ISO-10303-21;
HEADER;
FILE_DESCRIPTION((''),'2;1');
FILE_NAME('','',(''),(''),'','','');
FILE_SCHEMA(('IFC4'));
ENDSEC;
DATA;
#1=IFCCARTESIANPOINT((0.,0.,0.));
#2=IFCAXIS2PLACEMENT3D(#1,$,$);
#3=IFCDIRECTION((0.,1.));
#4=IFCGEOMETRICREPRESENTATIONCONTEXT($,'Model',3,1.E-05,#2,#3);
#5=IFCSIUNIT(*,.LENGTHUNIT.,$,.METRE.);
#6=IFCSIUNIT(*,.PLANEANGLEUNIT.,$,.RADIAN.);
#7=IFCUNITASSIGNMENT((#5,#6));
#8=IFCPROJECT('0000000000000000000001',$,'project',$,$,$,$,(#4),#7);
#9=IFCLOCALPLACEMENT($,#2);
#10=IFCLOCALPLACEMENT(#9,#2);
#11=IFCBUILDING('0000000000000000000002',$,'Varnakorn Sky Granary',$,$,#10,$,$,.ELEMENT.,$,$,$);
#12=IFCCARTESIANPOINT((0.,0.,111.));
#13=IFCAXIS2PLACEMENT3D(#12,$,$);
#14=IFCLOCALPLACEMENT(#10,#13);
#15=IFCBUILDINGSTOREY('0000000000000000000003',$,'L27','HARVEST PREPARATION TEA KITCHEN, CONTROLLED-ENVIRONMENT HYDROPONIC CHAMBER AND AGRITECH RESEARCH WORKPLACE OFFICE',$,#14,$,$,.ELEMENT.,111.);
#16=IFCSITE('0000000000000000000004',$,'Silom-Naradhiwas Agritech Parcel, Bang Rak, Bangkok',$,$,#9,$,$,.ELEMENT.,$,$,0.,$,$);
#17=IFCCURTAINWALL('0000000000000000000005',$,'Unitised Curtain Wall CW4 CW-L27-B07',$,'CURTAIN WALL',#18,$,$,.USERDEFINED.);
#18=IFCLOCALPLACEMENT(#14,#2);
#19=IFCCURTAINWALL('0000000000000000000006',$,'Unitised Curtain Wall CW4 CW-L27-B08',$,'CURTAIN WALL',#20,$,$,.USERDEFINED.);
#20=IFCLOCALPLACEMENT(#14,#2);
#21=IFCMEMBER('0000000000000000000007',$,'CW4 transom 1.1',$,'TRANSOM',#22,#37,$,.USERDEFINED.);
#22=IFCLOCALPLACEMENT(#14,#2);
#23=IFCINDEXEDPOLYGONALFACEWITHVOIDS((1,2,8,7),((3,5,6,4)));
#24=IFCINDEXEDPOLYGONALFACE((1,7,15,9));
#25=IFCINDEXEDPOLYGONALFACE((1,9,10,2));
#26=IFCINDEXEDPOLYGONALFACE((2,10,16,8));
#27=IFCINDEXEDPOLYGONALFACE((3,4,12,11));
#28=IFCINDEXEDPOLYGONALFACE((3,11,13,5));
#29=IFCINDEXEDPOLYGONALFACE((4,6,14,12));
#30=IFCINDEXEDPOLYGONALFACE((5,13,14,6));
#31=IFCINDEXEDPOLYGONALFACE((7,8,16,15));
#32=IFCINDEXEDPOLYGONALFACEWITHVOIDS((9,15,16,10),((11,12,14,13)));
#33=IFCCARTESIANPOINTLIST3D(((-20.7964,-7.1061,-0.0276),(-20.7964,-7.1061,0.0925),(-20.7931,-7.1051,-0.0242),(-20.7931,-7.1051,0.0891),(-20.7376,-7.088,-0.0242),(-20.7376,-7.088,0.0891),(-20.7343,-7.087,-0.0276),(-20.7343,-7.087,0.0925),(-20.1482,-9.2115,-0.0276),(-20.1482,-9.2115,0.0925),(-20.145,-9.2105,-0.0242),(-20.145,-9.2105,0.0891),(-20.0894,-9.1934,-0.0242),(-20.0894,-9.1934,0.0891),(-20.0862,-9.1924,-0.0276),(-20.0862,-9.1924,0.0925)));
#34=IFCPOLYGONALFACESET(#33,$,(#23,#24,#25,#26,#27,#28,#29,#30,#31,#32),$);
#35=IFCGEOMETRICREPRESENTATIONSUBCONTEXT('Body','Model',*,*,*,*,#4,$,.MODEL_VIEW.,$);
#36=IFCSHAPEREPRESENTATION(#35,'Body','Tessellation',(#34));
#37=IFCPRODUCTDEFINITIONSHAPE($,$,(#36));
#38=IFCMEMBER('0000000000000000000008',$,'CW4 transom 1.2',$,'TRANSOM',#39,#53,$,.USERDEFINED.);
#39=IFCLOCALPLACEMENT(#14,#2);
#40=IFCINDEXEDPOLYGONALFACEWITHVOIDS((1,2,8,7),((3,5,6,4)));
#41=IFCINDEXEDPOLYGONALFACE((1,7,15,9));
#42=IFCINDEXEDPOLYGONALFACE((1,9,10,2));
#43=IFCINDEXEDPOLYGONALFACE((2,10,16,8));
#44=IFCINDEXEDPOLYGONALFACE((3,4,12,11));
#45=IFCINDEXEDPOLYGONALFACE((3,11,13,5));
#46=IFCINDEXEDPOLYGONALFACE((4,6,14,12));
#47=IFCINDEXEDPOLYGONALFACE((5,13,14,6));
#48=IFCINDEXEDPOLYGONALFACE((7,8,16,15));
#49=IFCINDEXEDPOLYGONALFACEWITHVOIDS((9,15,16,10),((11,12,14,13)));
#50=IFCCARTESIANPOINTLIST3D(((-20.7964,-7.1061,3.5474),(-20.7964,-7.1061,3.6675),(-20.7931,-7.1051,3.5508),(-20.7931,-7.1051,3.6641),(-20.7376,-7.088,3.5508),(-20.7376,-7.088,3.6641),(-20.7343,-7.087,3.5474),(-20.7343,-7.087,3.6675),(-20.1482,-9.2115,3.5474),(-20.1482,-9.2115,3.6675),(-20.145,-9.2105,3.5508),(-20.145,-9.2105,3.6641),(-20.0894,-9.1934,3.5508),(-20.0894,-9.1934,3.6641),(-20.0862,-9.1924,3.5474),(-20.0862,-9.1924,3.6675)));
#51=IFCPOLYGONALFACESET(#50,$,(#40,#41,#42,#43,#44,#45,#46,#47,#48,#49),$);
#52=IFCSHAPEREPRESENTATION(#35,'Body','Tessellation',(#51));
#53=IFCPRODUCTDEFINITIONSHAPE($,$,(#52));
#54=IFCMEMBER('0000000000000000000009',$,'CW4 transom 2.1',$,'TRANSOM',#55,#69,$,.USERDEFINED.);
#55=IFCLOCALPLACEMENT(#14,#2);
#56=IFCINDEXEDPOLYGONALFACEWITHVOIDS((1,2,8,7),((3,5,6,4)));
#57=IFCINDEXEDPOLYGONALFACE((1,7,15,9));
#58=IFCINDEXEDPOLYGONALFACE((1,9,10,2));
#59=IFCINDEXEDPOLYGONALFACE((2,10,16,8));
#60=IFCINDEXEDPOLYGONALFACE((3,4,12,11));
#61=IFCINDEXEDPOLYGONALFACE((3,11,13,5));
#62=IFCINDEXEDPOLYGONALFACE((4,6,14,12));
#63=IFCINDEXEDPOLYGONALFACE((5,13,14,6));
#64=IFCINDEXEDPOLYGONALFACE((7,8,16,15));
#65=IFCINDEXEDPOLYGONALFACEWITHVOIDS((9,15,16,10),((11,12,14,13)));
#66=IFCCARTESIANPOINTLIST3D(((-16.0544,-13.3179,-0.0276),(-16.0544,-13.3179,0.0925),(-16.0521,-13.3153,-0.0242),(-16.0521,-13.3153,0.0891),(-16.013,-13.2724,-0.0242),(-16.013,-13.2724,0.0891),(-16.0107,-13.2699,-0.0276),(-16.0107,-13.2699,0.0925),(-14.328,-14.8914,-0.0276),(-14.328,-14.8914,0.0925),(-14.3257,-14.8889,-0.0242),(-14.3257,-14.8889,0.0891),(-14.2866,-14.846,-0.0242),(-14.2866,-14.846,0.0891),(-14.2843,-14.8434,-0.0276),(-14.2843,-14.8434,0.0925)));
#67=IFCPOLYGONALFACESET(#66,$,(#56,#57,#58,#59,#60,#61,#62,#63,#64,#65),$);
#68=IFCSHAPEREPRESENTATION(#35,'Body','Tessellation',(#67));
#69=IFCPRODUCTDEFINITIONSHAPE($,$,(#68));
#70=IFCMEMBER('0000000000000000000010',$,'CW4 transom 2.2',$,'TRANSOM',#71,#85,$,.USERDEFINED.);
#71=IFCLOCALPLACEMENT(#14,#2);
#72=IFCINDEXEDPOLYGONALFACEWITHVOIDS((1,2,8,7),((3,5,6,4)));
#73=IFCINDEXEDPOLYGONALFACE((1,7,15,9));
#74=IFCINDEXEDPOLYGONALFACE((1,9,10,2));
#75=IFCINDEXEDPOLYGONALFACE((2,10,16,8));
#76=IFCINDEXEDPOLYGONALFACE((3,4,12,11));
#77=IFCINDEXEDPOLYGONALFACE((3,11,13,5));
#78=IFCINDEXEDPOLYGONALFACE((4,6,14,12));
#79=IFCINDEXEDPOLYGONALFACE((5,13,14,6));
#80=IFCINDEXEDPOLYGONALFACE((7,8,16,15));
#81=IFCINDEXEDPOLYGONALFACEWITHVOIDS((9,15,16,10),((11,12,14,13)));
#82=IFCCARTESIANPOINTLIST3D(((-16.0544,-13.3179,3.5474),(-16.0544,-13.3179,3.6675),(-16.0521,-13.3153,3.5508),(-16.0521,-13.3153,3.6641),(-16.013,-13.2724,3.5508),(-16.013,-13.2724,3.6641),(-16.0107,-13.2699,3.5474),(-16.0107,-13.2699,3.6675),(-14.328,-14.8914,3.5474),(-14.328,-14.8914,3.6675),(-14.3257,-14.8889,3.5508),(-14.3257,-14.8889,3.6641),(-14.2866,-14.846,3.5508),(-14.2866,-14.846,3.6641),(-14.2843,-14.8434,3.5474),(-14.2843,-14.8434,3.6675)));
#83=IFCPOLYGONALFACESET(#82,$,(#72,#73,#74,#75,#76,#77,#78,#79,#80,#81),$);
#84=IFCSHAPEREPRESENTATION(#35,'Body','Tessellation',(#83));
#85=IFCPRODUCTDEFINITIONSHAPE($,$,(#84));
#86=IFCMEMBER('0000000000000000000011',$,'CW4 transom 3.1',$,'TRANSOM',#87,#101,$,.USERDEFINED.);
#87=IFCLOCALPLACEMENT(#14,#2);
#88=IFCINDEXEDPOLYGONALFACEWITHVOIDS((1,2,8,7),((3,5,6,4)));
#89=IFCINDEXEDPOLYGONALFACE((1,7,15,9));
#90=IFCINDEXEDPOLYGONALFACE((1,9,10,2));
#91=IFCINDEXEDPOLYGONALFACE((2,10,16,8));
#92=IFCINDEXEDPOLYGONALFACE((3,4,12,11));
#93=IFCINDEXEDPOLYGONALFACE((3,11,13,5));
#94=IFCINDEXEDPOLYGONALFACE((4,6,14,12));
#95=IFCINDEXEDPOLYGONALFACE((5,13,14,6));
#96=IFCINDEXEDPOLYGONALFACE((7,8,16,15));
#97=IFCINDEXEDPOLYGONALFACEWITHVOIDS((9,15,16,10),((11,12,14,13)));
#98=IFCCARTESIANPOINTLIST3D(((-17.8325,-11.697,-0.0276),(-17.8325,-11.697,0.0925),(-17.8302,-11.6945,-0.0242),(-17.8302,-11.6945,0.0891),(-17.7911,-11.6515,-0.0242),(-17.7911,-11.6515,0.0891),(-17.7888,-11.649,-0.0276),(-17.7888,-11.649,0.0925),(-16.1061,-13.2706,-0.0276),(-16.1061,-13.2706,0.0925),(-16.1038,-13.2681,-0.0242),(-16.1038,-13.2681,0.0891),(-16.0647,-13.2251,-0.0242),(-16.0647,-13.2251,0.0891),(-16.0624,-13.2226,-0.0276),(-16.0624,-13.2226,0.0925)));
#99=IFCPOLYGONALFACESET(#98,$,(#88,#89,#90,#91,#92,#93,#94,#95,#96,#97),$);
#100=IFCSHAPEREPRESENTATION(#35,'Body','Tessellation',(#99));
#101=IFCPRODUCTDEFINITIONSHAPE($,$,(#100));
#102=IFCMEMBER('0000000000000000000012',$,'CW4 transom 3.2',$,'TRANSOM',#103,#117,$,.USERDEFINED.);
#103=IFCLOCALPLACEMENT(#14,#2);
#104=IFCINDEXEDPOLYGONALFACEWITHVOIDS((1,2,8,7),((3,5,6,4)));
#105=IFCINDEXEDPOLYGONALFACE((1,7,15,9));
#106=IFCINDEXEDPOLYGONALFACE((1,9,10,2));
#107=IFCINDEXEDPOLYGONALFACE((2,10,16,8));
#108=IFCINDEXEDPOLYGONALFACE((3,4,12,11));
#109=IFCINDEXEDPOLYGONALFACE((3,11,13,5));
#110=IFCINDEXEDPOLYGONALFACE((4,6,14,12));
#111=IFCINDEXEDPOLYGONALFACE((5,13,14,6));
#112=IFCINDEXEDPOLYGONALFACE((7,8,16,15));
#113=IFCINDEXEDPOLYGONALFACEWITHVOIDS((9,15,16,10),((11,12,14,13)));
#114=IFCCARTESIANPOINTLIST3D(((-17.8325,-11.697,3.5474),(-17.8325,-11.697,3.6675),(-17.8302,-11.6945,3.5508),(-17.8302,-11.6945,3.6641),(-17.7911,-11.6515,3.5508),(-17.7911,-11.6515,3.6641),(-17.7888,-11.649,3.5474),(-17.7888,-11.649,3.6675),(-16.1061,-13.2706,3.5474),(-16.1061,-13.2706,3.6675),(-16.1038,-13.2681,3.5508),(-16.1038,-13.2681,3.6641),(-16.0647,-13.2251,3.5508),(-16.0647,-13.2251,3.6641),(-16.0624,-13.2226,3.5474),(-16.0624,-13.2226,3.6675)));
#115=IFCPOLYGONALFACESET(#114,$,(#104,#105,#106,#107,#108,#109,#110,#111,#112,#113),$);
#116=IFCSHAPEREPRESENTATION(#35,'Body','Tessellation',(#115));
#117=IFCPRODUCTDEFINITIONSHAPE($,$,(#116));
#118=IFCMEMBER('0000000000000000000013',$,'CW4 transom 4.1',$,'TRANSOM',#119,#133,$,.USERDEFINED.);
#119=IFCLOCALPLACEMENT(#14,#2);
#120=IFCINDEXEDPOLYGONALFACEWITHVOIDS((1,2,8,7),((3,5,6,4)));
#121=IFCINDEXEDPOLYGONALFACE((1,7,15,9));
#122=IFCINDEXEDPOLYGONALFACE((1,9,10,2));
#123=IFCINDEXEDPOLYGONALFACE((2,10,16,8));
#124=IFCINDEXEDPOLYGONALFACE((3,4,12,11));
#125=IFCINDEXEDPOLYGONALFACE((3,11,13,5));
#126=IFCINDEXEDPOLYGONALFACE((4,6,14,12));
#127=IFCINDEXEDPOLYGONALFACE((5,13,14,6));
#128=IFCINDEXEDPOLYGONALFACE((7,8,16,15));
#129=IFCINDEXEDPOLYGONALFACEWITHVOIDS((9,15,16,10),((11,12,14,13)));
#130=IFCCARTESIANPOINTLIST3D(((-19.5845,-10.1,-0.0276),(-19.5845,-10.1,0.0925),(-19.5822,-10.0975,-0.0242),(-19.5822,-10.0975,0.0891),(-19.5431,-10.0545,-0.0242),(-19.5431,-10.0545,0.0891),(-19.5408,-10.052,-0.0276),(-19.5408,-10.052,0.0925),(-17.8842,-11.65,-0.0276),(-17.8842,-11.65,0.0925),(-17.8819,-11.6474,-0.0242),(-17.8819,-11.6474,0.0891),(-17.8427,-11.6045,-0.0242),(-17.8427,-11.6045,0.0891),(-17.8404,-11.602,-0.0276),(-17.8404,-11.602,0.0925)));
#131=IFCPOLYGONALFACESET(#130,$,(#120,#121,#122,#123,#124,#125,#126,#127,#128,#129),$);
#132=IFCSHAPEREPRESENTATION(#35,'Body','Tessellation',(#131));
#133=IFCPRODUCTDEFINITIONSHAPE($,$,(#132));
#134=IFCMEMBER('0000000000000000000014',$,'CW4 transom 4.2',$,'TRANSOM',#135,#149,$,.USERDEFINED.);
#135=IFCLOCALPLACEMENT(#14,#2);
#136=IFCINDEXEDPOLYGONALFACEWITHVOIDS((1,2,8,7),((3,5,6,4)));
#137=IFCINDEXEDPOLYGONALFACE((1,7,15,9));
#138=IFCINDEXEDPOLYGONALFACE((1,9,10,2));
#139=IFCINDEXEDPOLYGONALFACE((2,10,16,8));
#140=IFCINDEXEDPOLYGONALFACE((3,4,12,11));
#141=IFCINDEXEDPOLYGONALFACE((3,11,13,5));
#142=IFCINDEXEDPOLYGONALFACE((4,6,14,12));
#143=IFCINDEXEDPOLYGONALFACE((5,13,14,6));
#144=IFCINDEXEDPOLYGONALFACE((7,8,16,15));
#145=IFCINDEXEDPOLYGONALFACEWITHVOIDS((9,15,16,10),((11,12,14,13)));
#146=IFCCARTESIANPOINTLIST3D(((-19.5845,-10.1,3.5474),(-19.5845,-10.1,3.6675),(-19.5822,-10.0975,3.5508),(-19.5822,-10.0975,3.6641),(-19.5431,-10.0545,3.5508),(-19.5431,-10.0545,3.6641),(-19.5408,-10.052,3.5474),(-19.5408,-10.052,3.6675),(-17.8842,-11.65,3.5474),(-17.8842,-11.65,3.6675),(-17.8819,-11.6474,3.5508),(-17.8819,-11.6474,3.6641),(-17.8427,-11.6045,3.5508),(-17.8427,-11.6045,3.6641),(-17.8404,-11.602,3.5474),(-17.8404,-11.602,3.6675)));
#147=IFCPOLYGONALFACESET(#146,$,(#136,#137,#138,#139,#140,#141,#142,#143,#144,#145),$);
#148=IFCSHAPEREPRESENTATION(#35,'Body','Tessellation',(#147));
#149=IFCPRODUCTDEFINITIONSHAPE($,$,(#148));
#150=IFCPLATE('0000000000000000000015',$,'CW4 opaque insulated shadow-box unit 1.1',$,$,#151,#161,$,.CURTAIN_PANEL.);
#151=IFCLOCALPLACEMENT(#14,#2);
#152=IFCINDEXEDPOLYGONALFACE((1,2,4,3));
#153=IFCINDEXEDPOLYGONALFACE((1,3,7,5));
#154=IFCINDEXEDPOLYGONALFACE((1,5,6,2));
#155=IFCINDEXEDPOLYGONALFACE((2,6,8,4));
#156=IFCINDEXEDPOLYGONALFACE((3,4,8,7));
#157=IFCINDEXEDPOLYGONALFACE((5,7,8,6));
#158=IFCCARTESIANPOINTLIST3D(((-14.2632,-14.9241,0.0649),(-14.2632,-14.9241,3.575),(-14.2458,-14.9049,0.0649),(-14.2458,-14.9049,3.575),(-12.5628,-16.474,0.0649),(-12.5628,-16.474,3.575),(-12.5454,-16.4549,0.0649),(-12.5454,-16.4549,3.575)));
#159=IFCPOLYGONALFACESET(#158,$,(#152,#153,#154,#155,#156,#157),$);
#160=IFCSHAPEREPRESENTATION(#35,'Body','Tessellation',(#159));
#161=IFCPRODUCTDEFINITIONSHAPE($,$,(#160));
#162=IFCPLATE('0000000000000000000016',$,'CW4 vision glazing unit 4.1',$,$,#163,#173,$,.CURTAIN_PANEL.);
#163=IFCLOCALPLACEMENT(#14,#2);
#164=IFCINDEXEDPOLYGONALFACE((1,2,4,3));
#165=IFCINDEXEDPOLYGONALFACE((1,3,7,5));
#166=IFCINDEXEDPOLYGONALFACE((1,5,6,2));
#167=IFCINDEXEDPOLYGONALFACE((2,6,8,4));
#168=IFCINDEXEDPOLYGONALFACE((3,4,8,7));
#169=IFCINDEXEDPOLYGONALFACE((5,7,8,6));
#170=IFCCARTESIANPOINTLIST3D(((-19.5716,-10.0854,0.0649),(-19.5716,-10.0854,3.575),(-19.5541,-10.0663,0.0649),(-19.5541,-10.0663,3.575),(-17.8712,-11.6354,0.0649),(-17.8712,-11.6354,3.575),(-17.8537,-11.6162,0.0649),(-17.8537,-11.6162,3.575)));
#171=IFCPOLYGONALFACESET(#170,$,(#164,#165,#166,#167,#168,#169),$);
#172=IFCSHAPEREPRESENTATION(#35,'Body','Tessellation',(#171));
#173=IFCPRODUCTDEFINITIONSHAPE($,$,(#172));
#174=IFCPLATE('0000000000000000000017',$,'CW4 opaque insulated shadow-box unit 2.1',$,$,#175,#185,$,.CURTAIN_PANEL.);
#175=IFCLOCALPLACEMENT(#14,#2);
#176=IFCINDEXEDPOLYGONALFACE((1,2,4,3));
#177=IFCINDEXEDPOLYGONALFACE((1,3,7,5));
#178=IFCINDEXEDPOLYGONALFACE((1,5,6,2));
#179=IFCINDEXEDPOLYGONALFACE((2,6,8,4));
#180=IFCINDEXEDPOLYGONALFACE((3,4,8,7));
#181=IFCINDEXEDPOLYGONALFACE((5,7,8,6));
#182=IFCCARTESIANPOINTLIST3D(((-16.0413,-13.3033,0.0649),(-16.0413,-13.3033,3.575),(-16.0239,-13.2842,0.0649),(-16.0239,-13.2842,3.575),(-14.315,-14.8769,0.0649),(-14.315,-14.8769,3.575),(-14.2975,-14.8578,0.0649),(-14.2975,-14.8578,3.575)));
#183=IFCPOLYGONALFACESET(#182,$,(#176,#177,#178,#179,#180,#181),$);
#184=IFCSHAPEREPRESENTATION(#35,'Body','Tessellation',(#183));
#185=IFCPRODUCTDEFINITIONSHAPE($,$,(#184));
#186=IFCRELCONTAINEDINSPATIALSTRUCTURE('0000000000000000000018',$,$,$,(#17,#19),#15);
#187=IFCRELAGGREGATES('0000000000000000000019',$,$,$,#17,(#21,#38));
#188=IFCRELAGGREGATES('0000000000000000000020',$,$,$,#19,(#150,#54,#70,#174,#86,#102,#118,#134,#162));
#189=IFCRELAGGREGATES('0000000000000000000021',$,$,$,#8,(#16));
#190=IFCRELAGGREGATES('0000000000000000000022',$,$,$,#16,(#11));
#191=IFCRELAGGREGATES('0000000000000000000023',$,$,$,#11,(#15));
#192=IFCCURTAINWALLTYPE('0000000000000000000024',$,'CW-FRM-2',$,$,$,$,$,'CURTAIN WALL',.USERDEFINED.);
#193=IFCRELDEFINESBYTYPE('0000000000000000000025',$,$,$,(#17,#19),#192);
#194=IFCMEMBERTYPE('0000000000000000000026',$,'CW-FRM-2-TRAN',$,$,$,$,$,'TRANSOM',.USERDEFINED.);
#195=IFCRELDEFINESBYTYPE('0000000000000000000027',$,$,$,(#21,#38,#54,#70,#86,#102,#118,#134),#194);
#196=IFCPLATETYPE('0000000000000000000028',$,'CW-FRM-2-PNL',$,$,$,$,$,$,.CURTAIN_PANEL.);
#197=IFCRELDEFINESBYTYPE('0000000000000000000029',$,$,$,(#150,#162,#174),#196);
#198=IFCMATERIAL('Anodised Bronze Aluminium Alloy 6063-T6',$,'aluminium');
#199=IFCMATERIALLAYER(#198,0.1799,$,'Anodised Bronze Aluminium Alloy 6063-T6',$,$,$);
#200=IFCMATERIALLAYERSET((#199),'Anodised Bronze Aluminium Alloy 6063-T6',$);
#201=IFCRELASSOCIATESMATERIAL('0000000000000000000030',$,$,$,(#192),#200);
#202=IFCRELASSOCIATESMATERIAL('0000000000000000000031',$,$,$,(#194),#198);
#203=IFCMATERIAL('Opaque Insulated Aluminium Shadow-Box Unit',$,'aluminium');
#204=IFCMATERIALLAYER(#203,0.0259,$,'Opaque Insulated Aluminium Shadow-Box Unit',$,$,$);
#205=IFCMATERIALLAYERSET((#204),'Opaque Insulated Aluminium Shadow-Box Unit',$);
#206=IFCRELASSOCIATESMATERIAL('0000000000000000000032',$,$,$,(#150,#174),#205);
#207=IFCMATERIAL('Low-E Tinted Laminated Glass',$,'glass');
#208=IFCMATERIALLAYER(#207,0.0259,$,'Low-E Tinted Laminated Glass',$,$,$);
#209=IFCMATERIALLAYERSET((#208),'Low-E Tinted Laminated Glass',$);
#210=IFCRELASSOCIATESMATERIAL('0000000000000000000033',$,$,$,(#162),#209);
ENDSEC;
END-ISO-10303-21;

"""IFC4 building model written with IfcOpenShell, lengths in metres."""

from ifc_helpers import new_model, si_unit, direction, frame, origin, origin_2d, place, context, subcontext, project, spatial, rectangle, hollow_rectangle, extrude, source, transform, mapped, material, layer, layer_set, material_profile, profile_set, type_object, type_shapes, element, aggregate, save


model = new_model("IFC4")

# Units and contexts
model_context = context("Model", 3, precision=1e-05, world=origin(), true_north=direction((0.0, 1.0)))
body_context = subcontext(model_context, "Body", "Model", "MODEL_VIEW")
ifc_project = project(units=[si_unit("LENGTHUNIT", "METRE"), si_unit("PLANEANGLEUNIT", "RADIAN")], contexts=[model_context])

# Site, building, storey
site_placement = place(None, origin())
site = spatial("IfcSite", under=ifc_project, at=site_placement, Name="Silom-Naradhiwas Agritech Parcel, Bang Rak, Bangkok", CompositionType="ELEMENT", RefElevation=0.0)
building_placement = place(site_placement, origin())
building = spatial("IfcBuilding", under=site, at=building_placement, Name="Varnakorn Sky Granary", CompositionType="ELEMENT")
storey_placement = place(building_placement, frame((0.0, 0.0, 111.0)))
storey = spatial("IfcBuildingStorey", under=building, at=storey_placement, Name="L27", Description="HARVEST PREPARATION TEA KITCHEN, CONTROLLED-ENVIRONMENT HYDROPONIC CHAMBER AND AGRITECH RESEARCH WORKPLACE OFFICE", CompositionType="ELEMENT", Elevation=111.0)

# Curtain wall
ifc_material_1 = material(Name="Anodised Bronze Aluminium Alloy 6063-T6", Category="aluminium")
ifc_layer_1 = layer(ifc_material_1, 0.1799, Name="Anodised Bronze Aluminium Alloy 6063-T6")
ifc_layer_set_1 = layer_set([ifc_layer_1], Name="Anodised Bronze Aluminium Alloy 6063-T6")
curtain_wall_type = type_object("IfcCurtainWallType", Name="CW-FRM-2", ElementType="CURTAIN WALL", PredefinedType="USERDEFINED", material=ifc_layer_set_1)
curtain_wall_1_placement = place(storey_placement, origin())
curtain_wall_1 = element("IfcCurtainWall", 1, at=curtain_wall_1_placement, inside=storey, type_object=curtain_wall_type, Name="Unitised Curtain Wall CW4 CW-L27-B07", ObjectType="CURTAIN WALL", PredefinedType="USERDEFINED")

# Curtain wall
curtain_wall_2_placement = place(storey_placement, origin())
curtain_wall_2 = element("IfcCurtainWall", 2, at=curtain_wall_2_placement, inside=storey, type_object=curtain_wall_type, Name="Unitised Curtain Wall CW4 CW-L27-B08", ObjectType="CURTAIN WALL", PredefinedType="USERDEFINED")

# Members
ifc_material_profile_1 = material_profile(ifc_material_1, hollow_rectangle(XDim=0.0649, YDim=0.1201, WallThickness=0.0034, at=origin_2d()), Name="ALU TRAN 65x120")
ifc_profile_set_1 = profile_set([ifc_material_profile_1], Name="Anodised Bronze Aluminium Alloy 6063-T6")
member_type_1 = type_object("IfcMemberType", Name="CW-FRM-2-TRAN", ElementType="TRANSOM", PredefinedType="USERDEFINED", material=ifc_profile_set_1)
member_1_placement = place(storey_placement, frame((-20.1172, -9.2019, 0.0325), z_axis=(-0.294234, 0.955733, 0.0), x_axis=(-0.955733, -0.294234, 0.0)))
member_1 = element("IfcMember", 3, at=member_1_placement, type_object=member_type_1, Name="CW4 transom 1.1", ObjectType="TRANSOM", PredefinedType="USERDEFINED", context=body_context, shape_type="SweptSolid", body=[
    extrude(hollow_rectangle(XDim=0.0649, YDim=0.1201, WallThickness=0.0034, at=origin_2d()), origin(), (0.0, 0.0, 1.0), 2.2029),
])
member_2_placement = place(storey_placement, frame((-20.1172, -9.2019, 3.6074), z_axis=(-0.294234, 0.955733, 0.0), x_axis=(-0.955733, -0.294234, 0.0)))
member_2 = element("IfcMember", 4, at=member_2_placement, type_object=member_type_1, Name="CW4 transom 1.2", ObjectType="TRANSOM", PredefinedType="USERDEFINED", context=body_context, shape_type="SweptSolid", body=[
    extrude(hollow_rectangle(XDim=0.0649, YDim=0.1201, WallThickness=0.0034, at=origin_2d()), origin(), (0.0, 0.0, 1.0), 2.2029),
])
aggregate(curtain_wall_1, [member_1, member_2])
member_3_placement = place(storey_placement, frame((-14.3062, -14.8674, 0.0325), z_axis=(-0.739065, 0.673635, 0.0), x_axis=(-0.673635, -0.739065, 0.0)))
member_3 = element("IfcMember", 5, at=member_3_placement, type_object=member_type_1, Name="CW4 transom 2.1", ObjectType="TRANSOM", PredefinedType="USERDEFINED", context=body_context, shape_type="SweptSolid", body=[
    extrude(hollow_rectangle(XDim=0.0649, YDim=0.1201, WallThickness=0.0034, at=origin_2d()), origin(), (0.0, 0.0, 1.0), 2.3359),
])
member_4_placement = place(storey_placement, frame((-14.3062, -14.8674, 3.6074), z_axis=(-0.739065, 0.673635, 0.0), x_axis=(-0.673635, -0.739065, 0.0)))
member_4 = element("IfcMember", 6, at=member_4_placement, type_object=member_type_1, Name="CW4 transom 2.2", ObjectType="TRANSOM", PredefinedType="USERDEFINED", context=body_context, shape_type="SweptSolid", body=[
    extrude(hollow_rectangle(XDim=0.0649, YDim=0.1201, WallThickness=0.0034, at=origin_2d()), origin(), (0.0, 0.0, 1.0), 2.3359),
])
member_5_placement = place(storey_placement, frame((-16.0842, -13.2466, 0.0325), z_axis=(-0.739065, 0.673635, 0.0), x_axis=(-0.673635, -0.739065, 0.0)))
member_5 = element("IfcMember", 7, at=member_5_placement, type_object=member_type_1, Name="CW4 transom 3.1", ObjectType="TRANSOM", PredefinedType="USERDEFINED", context=body_context, shape_type="SweptSolid", body=[
    extrude(hollow_rectangle(XDim=0.0649, YDim=0.1201, WallThickness=0.0034, at=origin_2d()), origin(), (0.0, 0.0, 1.0), 2.3359),
])
member_6_placement = place(storey_placement, frame((-16.0842, -13.2466, 3.6074), z_axis=(-0.739065, 0.673635, 0.0), x_axis=(-0.673635, -0.739065, 0.0)))
member_6 = element("IfcMember", 8, at=member_6_placement, type_object=member_type_1, Name="CW4 transom 3.2", ObjectType="TRANSOM", PredefinedType="USERDEFINED", context=body_context, shape_type="SweptSolid", body=[
    extrude(hollow_rectangle(XDim=0.0649, YDim=0.1201, WallThickness=0.0034, at=origin_2d()), origin(), (0.0, 0.0, 1.0), 2.3359),
])
member_7_placement = place(storey_placement, frame((-17.8623, -11.626, 0.0325), z_axis=(-0.739032, 0.67367, 0.0), x_axis=(-0.67367, -0.739032, 0.0)))
member_7 = element("IfcMember", 9, at=member_7_placement, type_object=member_type_1, Name="CW4 transom 4.1", ObjectType="TRANSOM", PredefinedType="USERDEFINED", context=body_context, shape_type="SweptSolid", body=[
    extrude(hollow_rectangle(XDim=0.0649, YDim=0.1201, WallThickness=0.0034, at=origin_2d()), origin(), (0.0, 0.0, 1.0), 2.3008),
])
member_8_placement = place(storey_placement, frame((-17.8623, -11.626, 3.6074), z_axis=(-0.739032, 0.67367, 0.0), x_axis=(-0.67367, -0.739032, 0.0)))
member_8 = element("IfcMember", 10, at=member_8_placement, type_object=member_type_1, Name="CW4 transom 4.2", ObjectType="TRANSOM", PredefinedType="USERDEFINED", context=body_context, shape_type="SweptSolid", body=[
    extrude(hollow_rectangle(XDim=0.0649, YDim=0.1201, WallThickness=0.0034, at=origin_2d()), origin(), (0.0, 0.0, 1.0), 2.3008),
])

# Plates
ifc_material_2 = material(Name="Opaque Insulated Aluminium Shadow-Box Unit", Category="aluminium")
ifc_layer_2 = layer(ifc_material_2, 0.0259, Name="Opaque Insulated Aluminium Shadow-Box Unit")
ifc_layer_set_2 = layer_set([ifc_layer_2], Name="Opaque Insulated Aluminium Shadow-Box Unit")
plate_type = type_object("IfcPlateType", Name="CW-FRM-2-PNL", PredefinedType="CURTAIN_PANEL")
shared_shape_1 = source(origin(), body_context, "Body", "SweptSolid", [
    extrude(rectangle(XDim=2.3008, YDim=0.0259, at=origin_2d()), origin(), (0.0, 0.0, 1.0), 3.51),
])
plate_1_placement = place(storey_placement, frame((-13.4043, -15.6895, 0.0649), z_axis=(0.0, 0.0, 1.0), x_axis=(-0.739047, 0.673654, 0.0)))
plate_1 = element("IfcPlate", 11, at=plate_1_placement, type_object=plate_type, material=ifc_layer_set_2, Name="CW4 opaque insulated shadow-box unit 1.1", PredefinedType="CURTAIN_PANEL", context=body_context, shape_type="MappedRepresentation", body=[
    mapped(shared_shape_1, transform((0.0, 0.0, 0.0), x_axis=(1.0, 0.0, 0.0), y_axis=(0.0, 1.0, 0.0), z_axis=(0.0, 0.0, 1.0), scale=1.0)),
])
ifc_material_3 = material(Name="Low-E Tinted Laminated Glass", Category="glass")
ifc_layer_3 = layer(ifc_material_3, 0.0259, Name="Low-E Tinted Laminated Glass")
ifc_layer_set_3 = layer_set([ifc_layer_3], Name="Low-E Tinted Laminated Glass")
plate_2_placement = place(storey_placement, frame((-18.7126, -10.8508, 0.0649), z_axis=(0.0, 0.0, 1.0), x_axis=(-0.739047, 0.673654, 0.0)))
plate_2 = element("IfcPlate", 12, at=plate_2_placement, type_object=plate_type, material=ifc_layer_set_3, Name="CW4 vision glazing unit 4.1", PredefinedType="CURTAIN_PANEL", context=body_context, shape_type="MappedRepresentation", body=[
    mapped(shared_shape_1, transform((0.0, 0.0, 0.0), x_axis=(1.0, 0.0, 0.0), y_axis=(0.0, 1.0, 0.0), z_axis=(0.0, 0.0, 1.0), scale=1.0)),
])
shared_shape_2 = source(origin(), body_context, "Body", "SweptSolid", [
    extrude(rectangle(XDim=2.3359, YDim=0.0259, at=origin_2d()), origin(), (0.0, 0.0, 1.0), 3.51),
])
type_shapes(plate_type, [shared_shape_1, shared_shape_2])
plate_3_placement = place(storey_placement, frame((-15.1694, -14.0806, 0.0649), z_axis=(0.0, 0.0, 1.0), x_axis=(-0.739047, 0.673654, 0.0)))
plate_3 = element("IfcPlate", 13, at=plate_3_placement, type_object=plate_type, material=ifc_layer_set_2, Name="CW4 opaque insulated shadow-box unit 2.1", PredefinedType="CURTAIN_PANEL", context=body_context, shape_type="MappedRepresentation", body=[
    mapped(shared_shape_2, transform((0.0, 0.0, 0.0), x_axis=(1.0, 0.0, 0.0), y_axis=(0.0, 1.0, 0.0), z_axis=(0.0, 0.0, 1.0), scale=1.0)),
])
aggregate(curtain_wall_2, [plate_1, member_3, member_4, plate_3, member_5, member_6, member_7, member_8, plate_2])

save(model, "model.ifc")
